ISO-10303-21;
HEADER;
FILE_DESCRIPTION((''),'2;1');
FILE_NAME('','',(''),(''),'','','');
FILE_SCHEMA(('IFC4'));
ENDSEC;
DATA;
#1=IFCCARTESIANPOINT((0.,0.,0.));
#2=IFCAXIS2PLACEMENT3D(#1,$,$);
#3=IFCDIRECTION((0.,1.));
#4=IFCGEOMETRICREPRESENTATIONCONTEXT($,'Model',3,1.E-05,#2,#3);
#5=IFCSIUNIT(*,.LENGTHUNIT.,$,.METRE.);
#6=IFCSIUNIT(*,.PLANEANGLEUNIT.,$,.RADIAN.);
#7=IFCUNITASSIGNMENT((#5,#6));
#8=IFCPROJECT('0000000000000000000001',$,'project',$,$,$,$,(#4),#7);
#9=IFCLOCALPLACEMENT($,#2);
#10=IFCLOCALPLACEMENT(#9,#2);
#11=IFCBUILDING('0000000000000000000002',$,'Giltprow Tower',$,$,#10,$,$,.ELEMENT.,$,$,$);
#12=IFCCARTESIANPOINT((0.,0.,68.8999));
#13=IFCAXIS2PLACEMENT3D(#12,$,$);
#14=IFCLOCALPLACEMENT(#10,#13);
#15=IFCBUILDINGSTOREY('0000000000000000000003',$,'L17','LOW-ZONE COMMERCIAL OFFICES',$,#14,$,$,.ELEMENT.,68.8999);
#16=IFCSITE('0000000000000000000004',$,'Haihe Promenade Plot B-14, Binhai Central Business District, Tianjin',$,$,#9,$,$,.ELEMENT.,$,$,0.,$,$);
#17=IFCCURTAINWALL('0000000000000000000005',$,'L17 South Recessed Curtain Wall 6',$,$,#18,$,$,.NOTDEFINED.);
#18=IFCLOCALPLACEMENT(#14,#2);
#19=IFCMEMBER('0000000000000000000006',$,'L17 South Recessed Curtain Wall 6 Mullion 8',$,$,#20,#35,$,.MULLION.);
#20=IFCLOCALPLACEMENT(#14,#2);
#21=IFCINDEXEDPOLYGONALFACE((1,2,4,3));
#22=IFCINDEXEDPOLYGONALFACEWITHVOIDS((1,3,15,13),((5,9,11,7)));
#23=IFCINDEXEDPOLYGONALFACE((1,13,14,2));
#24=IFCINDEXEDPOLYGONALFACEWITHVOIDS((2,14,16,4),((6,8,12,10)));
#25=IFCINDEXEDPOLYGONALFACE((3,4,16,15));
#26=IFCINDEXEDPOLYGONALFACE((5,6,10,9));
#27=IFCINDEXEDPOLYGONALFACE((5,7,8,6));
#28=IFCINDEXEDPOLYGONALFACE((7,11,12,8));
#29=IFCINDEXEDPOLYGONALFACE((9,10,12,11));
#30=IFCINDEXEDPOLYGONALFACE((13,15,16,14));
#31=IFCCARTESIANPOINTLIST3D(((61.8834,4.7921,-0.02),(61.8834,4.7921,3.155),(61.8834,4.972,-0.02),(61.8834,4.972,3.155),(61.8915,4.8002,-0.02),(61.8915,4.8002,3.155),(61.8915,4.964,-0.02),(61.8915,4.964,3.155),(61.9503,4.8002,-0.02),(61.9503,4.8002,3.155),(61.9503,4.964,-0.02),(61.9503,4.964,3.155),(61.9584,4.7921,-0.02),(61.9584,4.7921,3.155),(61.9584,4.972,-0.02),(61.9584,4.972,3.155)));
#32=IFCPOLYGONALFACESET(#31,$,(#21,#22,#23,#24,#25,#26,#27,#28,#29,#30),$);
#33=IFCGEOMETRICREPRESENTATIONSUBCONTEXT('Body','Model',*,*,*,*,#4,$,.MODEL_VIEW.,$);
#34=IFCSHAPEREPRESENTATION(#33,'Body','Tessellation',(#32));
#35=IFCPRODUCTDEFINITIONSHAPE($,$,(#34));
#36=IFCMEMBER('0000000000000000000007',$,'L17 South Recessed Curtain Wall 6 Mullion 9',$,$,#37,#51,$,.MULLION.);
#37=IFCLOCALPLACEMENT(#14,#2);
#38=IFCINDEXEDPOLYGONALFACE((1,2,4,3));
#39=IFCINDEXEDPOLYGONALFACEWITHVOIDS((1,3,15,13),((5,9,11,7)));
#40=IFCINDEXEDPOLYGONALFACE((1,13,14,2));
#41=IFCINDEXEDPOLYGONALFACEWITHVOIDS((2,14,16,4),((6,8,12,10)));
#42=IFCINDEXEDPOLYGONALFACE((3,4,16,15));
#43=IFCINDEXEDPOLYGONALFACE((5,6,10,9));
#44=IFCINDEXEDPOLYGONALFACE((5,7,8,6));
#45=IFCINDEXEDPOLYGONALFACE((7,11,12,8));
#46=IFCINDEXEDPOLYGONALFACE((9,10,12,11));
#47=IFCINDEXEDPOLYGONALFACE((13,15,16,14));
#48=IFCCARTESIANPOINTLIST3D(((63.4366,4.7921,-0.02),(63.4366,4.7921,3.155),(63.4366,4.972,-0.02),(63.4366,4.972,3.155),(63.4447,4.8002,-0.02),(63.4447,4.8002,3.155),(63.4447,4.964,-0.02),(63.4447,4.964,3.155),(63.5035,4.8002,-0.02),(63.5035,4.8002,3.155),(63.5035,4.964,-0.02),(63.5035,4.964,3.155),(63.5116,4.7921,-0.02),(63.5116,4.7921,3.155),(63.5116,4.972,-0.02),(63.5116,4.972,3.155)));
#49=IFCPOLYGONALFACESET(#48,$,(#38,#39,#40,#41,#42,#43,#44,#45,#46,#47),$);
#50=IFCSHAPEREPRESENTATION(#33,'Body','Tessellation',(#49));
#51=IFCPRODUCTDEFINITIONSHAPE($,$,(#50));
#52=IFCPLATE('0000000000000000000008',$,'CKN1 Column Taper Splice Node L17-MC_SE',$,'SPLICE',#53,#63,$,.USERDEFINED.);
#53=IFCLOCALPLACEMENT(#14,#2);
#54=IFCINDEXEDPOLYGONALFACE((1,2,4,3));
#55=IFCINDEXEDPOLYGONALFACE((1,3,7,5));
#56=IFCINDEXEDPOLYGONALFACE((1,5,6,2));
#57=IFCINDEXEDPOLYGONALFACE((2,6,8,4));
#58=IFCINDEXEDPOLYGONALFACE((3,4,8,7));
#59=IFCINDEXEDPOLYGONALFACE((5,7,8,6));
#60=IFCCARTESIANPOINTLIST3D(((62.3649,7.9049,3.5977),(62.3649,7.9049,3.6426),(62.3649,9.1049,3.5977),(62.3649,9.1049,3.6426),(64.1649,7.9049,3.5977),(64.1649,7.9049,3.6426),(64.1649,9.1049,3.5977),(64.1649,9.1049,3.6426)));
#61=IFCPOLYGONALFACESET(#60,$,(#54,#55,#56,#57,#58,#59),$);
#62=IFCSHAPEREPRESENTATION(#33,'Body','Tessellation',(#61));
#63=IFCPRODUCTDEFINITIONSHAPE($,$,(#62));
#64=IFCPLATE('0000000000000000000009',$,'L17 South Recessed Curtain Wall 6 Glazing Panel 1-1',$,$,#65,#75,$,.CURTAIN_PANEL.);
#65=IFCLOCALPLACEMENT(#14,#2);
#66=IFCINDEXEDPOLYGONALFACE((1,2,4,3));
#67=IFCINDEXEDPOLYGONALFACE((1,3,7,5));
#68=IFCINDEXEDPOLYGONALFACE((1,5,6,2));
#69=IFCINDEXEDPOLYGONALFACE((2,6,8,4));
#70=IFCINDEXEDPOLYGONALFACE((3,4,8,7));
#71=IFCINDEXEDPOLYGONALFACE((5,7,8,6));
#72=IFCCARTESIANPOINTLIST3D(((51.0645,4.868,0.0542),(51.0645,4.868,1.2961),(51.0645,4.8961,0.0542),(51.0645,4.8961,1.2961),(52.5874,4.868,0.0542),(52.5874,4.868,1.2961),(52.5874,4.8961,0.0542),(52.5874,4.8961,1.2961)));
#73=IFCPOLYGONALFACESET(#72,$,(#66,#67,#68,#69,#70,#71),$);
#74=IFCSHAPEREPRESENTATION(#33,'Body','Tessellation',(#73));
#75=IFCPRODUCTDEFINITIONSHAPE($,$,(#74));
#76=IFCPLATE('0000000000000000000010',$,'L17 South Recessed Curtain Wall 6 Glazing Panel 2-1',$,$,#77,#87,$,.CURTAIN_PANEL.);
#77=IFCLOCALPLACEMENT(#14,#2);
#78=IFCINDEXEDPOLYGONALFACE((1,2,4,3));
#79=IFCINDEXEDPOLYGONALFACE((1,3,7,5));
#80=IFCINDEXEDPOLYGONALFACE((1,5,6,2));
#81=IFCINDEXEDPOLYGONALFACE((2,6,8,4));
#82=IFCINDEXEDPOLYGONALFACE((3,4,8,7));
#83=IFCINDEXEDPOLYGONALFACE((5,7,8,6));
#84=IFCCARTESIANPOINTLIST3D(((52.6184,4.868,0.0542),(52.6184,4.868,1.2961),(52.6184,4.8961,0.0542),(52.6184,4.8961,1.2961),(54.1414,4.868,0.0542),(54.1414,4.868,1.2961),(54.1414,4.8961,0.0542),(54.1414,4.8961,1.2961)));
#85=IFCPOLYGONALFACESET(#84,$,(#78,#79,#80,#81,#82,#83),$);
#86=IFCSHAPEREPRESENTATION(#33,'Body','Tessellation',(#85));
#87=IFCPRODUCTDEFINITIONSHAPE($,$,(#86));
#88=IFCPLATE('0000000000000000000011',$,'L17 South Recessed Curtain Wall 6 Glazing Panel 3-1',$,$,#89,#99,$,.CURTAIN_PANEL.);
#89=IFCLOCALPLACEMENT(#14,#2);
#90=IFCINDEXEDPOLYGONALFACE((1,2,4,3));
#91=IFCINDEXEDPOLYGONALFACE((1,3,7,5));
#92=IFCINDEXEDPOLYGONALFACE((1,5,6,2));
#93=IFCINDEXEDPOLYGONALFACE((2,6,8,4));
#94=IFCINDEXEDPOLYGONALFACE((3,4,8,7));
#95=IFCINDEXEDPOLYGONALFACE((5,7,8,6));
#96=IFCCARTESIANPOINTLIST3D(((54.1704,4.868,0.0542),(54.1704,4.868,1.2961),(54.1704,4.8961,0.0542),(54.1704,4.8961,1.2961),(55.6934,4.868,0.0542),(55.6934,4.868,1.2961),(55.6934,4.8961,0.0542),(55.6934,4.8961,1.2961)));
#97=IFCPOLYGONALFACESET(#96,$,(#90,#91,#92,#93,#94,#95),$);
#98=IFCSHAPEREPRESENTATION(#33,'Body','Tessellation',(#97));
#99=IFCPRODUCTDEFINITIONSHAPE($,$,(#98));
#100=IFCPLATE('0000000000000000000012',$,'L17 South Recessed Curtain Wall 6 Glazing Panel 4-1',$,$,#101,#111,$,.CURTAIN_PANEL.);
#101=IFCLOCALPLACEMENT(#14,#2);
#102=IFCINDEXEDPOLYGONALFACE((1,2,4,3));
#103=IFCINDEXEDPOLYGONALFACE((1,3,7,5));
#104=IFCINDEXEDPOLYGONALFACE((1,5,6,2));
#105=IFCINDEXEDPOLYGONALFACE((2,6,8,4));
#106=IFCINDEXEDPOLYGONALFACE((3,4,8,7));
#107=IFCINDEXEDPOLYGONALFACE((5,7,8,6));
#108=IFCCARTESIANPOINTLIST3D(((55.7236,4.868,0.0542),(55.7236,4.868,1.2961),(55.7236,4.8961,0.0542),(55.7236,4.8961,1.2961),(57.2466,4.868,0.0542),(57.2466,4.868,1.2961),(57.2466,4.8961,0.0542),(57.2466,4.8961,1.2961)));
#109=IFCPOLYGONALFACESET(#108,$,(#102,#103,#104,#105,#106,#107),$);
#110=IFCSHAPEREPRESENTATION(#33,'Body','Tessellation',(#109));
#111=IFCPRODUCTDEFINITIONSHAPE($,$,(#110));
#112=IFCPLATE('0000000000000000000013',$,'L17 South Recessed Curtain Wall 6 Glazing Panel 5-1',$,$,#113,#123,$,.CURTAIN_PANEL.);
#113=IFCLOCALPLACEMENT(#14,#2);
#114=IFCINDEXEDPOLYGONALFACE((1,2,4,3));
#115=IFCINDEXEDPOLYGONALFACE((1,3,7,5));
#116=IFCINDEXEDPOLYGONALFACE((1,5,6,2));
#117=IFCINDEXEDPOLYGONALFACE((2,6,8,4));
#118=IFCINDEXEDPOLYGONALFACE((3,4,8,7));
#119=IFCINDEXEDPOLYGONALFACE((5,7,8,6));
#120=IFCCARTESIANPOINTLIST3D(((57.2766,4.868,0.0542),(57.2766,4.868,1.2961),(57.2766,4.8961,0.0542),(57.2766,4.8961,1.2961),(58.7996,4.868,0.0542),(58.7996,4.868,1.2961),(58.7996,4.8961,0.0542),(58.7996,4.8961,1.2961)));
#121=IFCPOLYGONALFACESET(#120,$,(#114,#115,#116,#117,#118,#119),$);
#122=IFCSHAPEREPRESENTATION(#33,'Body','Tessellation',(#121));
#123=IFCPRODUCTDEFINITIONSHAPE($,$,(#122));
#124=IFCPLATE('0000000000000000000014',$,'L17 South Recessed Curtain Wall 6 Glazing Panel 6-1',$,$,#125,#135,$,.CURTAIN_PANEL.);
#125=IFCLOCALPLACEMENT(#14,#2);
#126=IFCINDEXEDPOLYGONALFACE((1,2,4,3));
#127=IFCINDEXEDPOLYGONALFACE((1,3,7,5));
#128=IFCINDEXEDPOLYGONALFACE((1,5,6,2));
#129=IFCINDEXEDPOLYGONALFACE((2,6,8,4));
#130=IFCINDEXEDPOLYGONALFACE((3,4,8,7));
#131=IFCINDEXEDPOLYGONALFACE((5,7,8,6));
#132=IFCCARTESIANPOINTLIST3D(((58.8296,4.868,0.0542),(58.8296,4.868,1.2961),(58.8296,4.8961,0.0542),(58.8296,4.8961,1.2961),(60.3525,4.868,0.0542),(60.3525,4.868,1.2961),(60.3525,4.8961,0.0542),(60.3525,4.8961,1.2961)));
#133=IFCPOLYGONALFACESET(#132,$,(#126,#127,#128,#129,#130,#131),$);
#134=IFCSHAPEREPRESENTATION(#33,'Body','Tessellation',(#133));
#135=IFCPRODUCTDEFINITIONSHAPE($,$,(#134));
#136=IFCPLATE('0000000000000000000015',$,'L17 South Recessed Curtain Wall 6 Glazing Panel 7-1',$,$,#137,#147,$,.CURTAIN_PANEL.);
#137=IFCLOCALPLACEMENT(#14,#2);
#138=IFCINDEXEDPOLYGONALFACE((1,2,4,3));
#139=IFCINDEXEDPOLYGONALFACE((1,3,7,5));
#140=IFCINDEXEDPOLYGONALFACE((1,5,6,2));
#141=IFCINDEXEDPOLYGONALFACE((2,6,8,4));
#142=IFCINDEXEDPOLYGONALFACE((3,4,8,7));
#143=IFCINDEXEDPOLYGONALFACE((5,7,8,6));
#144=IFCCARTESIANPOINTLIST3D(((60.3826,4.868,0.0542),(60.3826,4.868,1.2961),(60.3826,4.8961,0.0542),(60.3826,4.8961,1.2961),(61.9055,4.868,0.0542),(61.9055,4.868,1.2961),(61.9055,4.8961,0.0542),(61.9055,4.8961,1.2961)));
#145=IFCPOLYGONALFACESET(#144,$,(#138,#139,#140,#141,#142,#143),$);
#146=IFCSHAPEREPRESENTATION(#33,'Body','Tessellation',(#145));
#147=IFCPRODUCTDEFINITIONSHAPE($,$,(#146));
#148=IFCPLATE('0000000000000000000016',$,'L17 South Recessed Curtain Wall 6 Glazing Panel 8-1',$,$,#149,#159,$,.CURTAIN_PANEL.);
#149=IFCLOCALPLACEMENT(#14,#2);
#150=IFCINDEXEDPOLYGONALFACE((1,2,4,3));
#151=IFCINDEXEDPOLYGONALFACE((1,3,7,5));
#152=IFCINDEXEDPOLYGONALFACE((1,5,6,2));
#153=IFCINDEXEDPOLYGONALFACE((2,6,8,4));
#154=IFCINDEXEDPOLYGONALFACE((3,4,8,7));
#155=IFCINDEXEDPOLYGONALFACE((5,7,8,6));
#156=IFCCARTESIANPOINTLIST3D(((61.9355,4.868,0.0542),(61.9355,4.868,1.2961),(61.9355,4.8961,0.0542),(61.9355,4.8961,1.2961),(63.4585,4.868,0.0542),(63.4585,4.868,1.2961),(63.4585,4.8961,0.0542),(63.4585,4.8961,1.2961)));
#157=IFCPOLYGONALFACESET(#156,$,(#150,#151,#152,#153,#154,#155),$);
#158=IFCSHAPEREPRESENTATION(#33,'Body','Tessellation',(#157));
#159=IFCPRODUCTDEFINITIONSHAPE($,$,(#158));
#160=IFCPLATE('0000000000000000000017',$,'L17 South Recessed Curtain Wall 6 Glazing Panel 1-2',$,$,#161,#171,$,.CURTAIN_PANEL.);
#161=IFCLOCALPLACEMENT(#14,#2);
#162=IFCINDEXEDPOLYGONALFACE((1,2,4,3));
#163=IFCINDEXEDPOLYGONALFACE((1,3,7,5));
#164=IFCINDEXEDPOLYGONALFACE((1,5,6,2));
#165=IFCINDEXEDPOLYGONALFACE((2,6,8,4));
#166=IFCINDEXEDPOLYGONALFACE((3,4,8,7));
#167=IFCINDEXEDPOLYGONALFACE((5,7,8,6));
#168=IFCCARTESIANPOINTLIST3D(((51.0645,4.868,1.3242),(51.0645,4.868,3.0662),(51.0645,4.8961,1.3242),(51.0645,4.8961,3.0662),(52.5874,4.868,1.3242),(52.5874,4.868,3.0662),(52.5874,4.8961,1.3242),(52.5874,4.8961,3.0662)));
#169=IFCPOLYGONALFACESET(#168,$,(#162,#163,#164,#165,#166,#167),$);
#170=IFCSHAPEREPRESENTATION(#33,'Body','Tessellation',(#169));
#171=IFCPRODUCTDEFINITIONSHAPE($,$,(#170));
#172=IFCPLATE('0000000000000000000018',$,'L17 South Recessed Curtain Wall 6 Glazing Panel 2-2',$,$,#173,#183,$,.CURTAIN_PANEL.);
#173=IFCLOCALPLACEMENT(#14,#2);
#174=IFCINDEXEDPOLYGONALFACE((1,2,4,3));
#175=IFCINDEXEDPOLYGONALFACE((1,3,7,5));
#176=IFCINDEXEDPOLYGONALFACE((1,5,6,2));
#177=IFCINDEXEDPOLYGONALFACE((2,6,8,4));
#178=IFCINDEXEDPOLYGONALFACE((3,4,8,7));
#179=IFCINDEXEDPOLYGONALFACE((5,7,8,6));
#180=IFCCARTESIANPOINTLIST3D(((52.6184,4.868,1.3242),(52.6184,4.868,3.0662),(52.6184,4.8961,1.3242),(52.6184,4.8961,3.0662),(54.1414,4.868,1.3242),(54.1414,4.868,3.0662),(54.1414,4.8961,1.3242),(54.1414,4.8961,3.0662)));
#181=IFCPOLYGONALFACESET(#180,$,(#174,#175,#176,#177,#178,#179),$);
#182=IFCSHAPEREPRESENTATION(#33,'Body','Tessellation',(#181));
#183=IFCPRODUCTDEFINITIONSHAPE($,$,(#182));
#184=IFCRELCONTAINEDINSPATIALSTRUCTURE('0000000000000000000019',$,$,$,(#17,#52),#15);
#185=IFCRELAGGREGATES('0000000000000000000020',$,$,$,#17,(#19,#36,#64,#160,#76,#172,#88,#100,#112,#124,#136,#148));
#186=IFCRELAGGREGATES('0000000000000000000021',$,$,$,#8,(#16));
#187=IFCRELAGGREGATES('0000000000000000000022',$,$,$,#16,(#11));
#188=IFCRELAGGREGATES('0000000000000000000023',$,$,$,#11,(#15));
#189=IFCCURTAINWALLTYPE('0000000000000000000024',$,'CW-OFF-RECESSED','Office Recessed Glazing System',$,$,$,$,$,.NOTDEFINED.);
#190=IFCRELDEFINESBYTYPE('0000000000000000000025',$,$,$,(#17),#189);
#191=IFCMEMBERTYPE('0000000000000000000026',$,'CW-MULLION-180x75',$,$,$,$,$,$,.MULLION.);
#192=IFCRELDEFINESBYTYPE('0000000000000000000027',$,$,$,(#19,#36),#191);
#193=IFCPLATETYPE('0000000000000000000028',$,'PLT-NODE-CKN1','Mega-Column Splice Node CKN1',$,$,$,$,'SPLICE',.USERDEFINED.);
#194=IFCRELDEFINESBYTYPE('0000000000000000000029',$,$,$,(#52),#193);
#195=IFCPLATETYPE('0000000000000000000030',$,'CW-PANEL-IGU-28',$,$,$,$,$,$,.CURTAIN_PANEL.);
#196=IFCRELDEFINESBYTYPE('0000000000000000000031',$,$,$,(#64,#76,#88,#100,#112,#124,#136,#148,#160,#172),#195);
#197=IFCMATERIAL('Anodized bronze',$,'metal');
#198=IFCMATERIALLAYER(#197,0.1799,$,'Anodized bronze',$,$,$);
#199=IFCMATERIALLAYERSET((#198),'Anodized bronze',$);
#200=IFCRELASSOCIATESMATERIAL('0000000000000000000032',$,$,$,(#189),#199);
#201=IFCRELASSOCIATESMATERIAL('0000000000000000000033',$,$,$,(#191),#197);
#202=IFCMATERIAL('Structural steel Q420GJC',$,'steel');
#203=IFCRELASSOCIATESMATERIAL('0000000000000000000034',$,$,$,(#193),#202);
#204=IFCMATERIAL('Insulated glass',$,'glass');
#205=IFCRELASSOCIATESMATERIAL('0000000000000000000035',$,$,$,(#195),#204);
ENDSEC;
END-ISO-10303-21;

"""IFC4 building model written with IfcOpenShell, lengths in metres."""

from ifc_helpers import new_model, si_unit, direction, frame, origin, origin_2d, place, context, subcontext, project, spatial, rectangle, hollow_rectangle, extrude, source, transform, mapped, material, layer, layer_set, material_profile, profile_set, type_object, element, aggregate, save


model = new_model("IFC4")

# Units and contexts
model_context = context("Model", 3, precision=1e-05, world=origin(), true_north=direction((0.0, 1.0)))
body_context = subcontext(model_context, "Body", "Model", "MODEL_VIEW")
ifc_project = project(units=[si_unit("LENGTHUNIT", "METRE"), si_unit("PLANEANGLEUNIT", "RADIAN")], contexts=[model_context])

# Site, building, storey
site_placement = place(None, origin())
site = spatial("IfcSite", under=ifc_project, at=site_placement, Name="Haihe Promenade Plot B-14, Binhai Central Business District, Tianjin", CompositionType="ELEMENT", RefElevation=0.0)
building_placement = place(site_placement, origin())
building = spatial("IfcBuilding", under=site, at=building_placement, Name="Giltprow Tower", CompositionType="ELEMENT")
storey_placement = place(building_placement, frame((0.0, 0.0, 68.8999)))
storey = spatial("IfcBuildingStorey", under=building, at=storey_placement, Name="L17", Description="LOW-ZONE COMMERCIAL OFFICES", CompositionType="ELEMENT", Elevation=68.8999)

# Shared definitions
ifc_material_1 = material(Name="Structural steel Q420GJC", Category="steel")

# Curtain wall, members
ifc_material_2 = material(Name="Anodized bronze", Category="metal")
ifc_layer_1 = layer(ifc_material_2, 0.1799, Name="Anodized bronze")
ifc_layer_set_1 = layer_set([ifc_layer_1], Name="Anodized bronze")
curtain_wall_type = type_object("IfcCurtainWallType", Name="CW-OFF-RECESSED", Description="Office Recessed Glazing System", PredefinedType="NOTDEFINED", material=ifc_layer_set_1)
curtain_wall_placement = place(storey_placement, origin())
curtain_wall = element("IfcCurtainWall", 1, at=curtain_wall_placement, inside=storey, type_object=curtain_wall_type, Name="L17 South Recessed Curtain Wall 6", PredefinedType="NOTDEFINED")
ifc_material_profile_1 = material_profile(ifc_material_2, hollow_rectangle(XDim=0.075, YDim=0.1799, WallThickness=0.0081, at=origin_2d()), Name="RHS 180x75x8")
ifc_profile_set_1 = profile_set([ifc_material_profile_1], Name="Anodized bronze")
member_type_1 = type_object("IfcMemberType", Name="CW-MULLION-180x75", PredefinedType="MULLION", material=ifc_profile_set_1)
shared_shape_1 = source(origin(), body_context, "Body", "SweptSolid", [
    extrude(hollow_rectangle(XDim=0.075, YDim=0.1799, WallThickness=0.0081, at=origin_2d()), origin(), (0.0, 0.0, 1.0), 3.175),
])
member_1_placement = place(storey_placement, frame((61.9209, 4.8821, -0.02), z_axis=(0.0, 0.0, 1.0), x_axis=(1.0, 0.0, 0.0)))
member_1 = element("IfcMember", 2, at=member_1_placement, type_object=member_type_1, Name="L17 South Recessed Curtain Wall 6 Mullion 8", PredefinedType="MULLION", context=body_context, shape_type="MappedRepresentation", body=[
    mapped(shared_shape_1, transform((0.0, 0.0, 0.0), x_axis=(1.0, 0.0, 0.0), y_axis=(0.0, 1.0, 0.0), z_axis=(0.0, 0.0, 1.0), scale=1.0)),
])
member_2_placement = place(storey_placement, frame((63.4741, 4.8821, -0.02), z_axis=(0.0, 0.0, 1.0), x_axis=(1.0, 0.0, 0.0)))
member_2 = element("IfcMember", 3, at=member_2_placement, type_object=member_type_1, Name="L17 South Recessed Curtain Wall 6 Mullion 9", PredefinedType="MULLION", context=body_context, shape_type="MappedRepresentation", body=[
    mapped(shared_shape_1, transform((0.0, 0.0, 0.0), x_axis=(1.0, 0.0, 0.0), y_axis=(0.0, 1.0, 0.0), z_axis=(0.0, 0.0, 1.0), scale=1.0)),
])

# Plates
plate_type_1 = type_object("IfcPlateType", Name="PLT-NODE-CKN1", Description="Mega-Column Splice Node CKN1", ElementType="SPLICE", PredefinedType="USERDEFINED", material=ifc_material_1)
shared_shape_2 = source(origin(), body_context, "Body", "SweptSolid", [
    extrude(rectangle(XDim=1.8, YDim=1.2, at=origin_2d()), origin(), (0.0, 0.0, 1.0), 0.0449),
])
plate_1_placement = place(storey_placement, frame((63.2649, 8.5049, 3.5977), z_axis=(0.0, 0.0, 1.0), x_axis=(1.0, 0.0, 0.0)))
element("IfcPlate", 4, at=plate_1_placement, inside=storey, type_object=plate_type_1, Name="CKN1 Column Taper Splice Node L17-MC_SE", ObjectType="SPLICE", PredefinedType="USERDEFINED", context=body_context, shape_type="MappedRepresentation", body=[
    mapped(shared_shape_2, transform((0.0, 0.0, 0.0), x_axis=(1.0, 0.0, 0.0), y_axis=(0.0, 1.0, 0.0), z_axis=(0.0, 0.0, 1.0), scale=1.0)),
])
ifc_material_3 = material(Name="Insulated glass", Category="glass")
plate_type_2 = type_object("IfcPlateType", Name="CW-PANEL-IGU-28", PredefinedType="CURTAIN_PANEL", material=ifc_material_3)
shared_shape_3 = source(origin(), body_context, "Body", "SweptSolid", [
    extrude(rectangle(XDim=1.5229, YDim=0.0281, at=origin_2d()), origin(), (0.0, 0.0, 1.0), 1.2419),
])
plate_2_placement = place(storey_placement, frame((51.8259, 4.8821, 0.0542), z_axis=(0.0, 0.0, 1.0), x_axis=(1.0, 0.0, 0.0)))
plate_2 = element("IfcPlate", 5, at=plate_2_placement, type_object=plate_type_2, Name="L17 South Recessed Curtain Wall 6 Glazing Panel 1-1", PredefinedType="CURTAIN_PANEL", context=body_context, shape_type="MappedRepresentation", body=[
    mapped(shared_shape_3, transform((0.0, 0.0, 0.0), x_axis=(1.0, 0.0, 0.0), y_axis=(0.0, 1.0, 0.0), z_axis=(0.0, 0.0, 1.0), scale=1.0)),
])
plate_3_placement = place(storey_placement, frame((53.3799, 4.8821, 0.0542), z_axis=(0.0, 0.0, 1.0), x_axis=(1.0, 0.0, 0.0)))
plate_3 = element("IfcPlate", 6, at=plate_3_placement, type_object=plate_type_2, Name="L17 South Recessed Curtain Wall 6 Glazing Panel 2-1", PredefinedType="CURTAIN_PANEL", context=body_context, shape_type="MappedRepresentation", body=[
    mapped(shared_shape_3, transform((0.0, 0.0, 0.0), x_axis=(1.0, 0.0, 0.0), y_axis=(0.0, 1.0, 0.0), z_axis=(0.0, 0.0, 1.0), scale=1.0)),
])
plate_4_placement = place(storey_placement, frame((54.9319, 4.8821, 0.0542), z_axis=(0.0, 0.0, 1.0), x_axis=(1.0, 0.0, 0.0)))
plate_4 = element("IfcPlate", 7, at=plate_4_placement, type_object=plate_type_2, Name="L17 South Recessed Curtain Wall 6 Glazing Panel 3-1", PredefinedType="CURTAIN_PANEL", context=body_context, shape_type="MappedRepresentation", body=[
    mapped(shared_shape_3, transform((0.0, 0.0, 0.0), x_axis=(1.0, 0.0, 0.0), y_axis=(0.0, 1.0, 0.0), z_axis=(0.0, 0.0, 1.0), scale=1.0)),
])
plate_5_placement = place(storey_placement, frame((56.4851, 4.8821, 0.0542), z_axis=(0.0, 0.0, 1.0), x_axis=(1.0, 0.0, 0.0)))
plate_5 = element("IfcPlate", 8, at=plate_5_placement, type_object=plate_type_2, Name="L17 South Recessed Curtain Wall 6 Glazing Panel 4-1", PredefinedType="CURTAIN_PANEL", context=body_context, shape_type="MappedRepresentation", body=[
    mapped(shared_shape_3, transform((0.0, 0.0, 0.0), x_axis=(1.0, 0.0, 0.0), y_axis=(0.0, 1.0, 0.0), z_axis=(0.0, 0.0, 1.0), scale=1.0)),
])
plate_6_placement = place(storey_placement, frame((58.0381, 4.8821, 0.0542), z_axis=(0.0, 0.0, 1.0), x_axis=(1.0, 0.0, 0.0)))
plate_6 = element("IfcPlate", 9, at=plate_6_placement, type_object=plate_type_2, Name="L17 South Recessed Curtain Wall 6 Glazing Panel 5-1", PredefinedType="CURTAIN_PANEL", context=body_context, shape_type="MappedRepresentation", body=[
    mapped(shared_shape_3, transform((0.0, 0.0, 0.0), x_axis=(1.0, 0.0, 0.0), y_axis=(0.0, 1.0, 0.0), z_axis=(0.0, 0.0, 1.0), scale=1.0)),
])
plate_7_placement = place(storey_placement, frame((59.5911, 4.8821, 0.0542), z_axis=(0.0, 0.0, 1.0), x_axis=(1.0, 0.0, 0.0)))
plate_7 = element("IfcPlate", 10, at=plate_7_placement, type_object=plate_type_2, Name="L17 South Recessed Curtain Wall 6 Glazing Panel 6-1", PredefinedType="CURTAIN_PANEL", context=body_context, shape_type="MappedRepresentation", body=[
    mapped(shared_shape_3, transform((0.0, 0.0, 0.0), x_axis=(1.0, 0.0, 0.0), y_axis=(0.0, 1.0, 0.0), z_axis=(0.0, 0.0, 1.0), scale=1.0)),
])
plate_8_placement = place(storey_placement, frame((61.144, 4.8821, 0.0542), z_axis=(0.0, 0.0, 1.0), x_axis=(1.0, 0.0, 0.0)))
plate_8 = element("IfcPlate", 11, at=plate_8_placement, type_object=plate_type_2, Name="L17 South Recessed Curtain Wall 6 Glazing Panel 7-1", PredefinedType="CURTAIN_PANEL", context=body_context, shape_type="MappedRepresentation", body=[
    mapped(shared_shape_3, transform((0.0, 0.0, 0.0), x_axis=(1.0, 0.0, 0.0), y_axis=(0.0, 1.0, 0.0), z_axis=(0.0, 0.0, 1.0), scale=1.0)),
])
plate_9_placement = place(storey_placement, frame((62.697, 4.8821, 0.0542), z_axis=(0.0, 0.0, 1.0), x_axis=(1.0, 0.0, 0.0)))
plate_9 = element("IfcPlate", 12, at=plate_9_placement, type_object=plate_type_2, Name="L17 South Recessed Curtain Wall 6 Glazing Panel 8-1", PredefinedType="CURTAIN_PANEL", context=body_context, shape_type="MappedRepresentation", body=[
    mapped(shared_shape_3, transform((0.0, 0.0, 0.0), x_axis=(1.0, 0.0, 0.0), y_axis=(0.0, 1.0, 0.0), z_axis=(0.0, 0.0, 1.0), scale=1.0)),
])
shared_shape_4 = source(origin(), body_context, "Body", "SweptSolid", [
    extrude(rectangle(XDim=1.5229, YDim=0.0281, at=origin_2d()), origin(), (0.0, 0.0, 1.0), 1.7419),
])
plate_10_placement = place(storey_placement, frame((51.8259, 4.8821, 1.3242), z_axis=(0.0, 0.0, 1.0), x_axis=(1.0, 0.0, 0.0)))
plate_10 = element("IfcPlate", 13, at=plate_10_placement, type_object=plate_type_2, Name="L17 South Recessed Curtain Wall 6 Glazing Panel 1-2", PredefinedType="CURTAIN_PANEL", context=body_context, shape_type="MappedRepresentation", body=[
    mapped(shared_shape_4, transform((0.0, 0.0, 0.0), x_axis=(1.0, 0.0, 0.0), y_axis=(0.0, 1.0, 0.0), z_axis=(0.0, 0.0, 1.0), scale=1.0)),
])
plate_11_placement = place(storey_placement, frame((53.3799, 4.8821, 1.3242), z_axis=(0.0, 0.0, 1.0), x_axis=(1.0, 0.0, 0.0)))
plate_11 = element("IfcPlate", 14, at=plate_11_placement, type_object=plate_type_2, Name="L17 South Recessed Curtain Wall 6 Glazing Panel 2-2", PredefinedType="CURTAIN_PANEL", context=body_context, shape_type="MappedRepresentation", body=[
    mapped(shared_shape_4, transform((0.0, 0.0, 0.0), x_axis=(1.0, 0.0, 0.0), y_axis=(0.0, 1.0, 0.0), z_axis=(0.0, 0.0, 1.0), scale=1.0)),
])
aggregate(curtain_wall, [member_1, member_2, plate_2, plate_10, plate_3, plate_11, plate_4, plate_5, plate_6, plate_7, plate_8, plate_9])

save(model, "model.ifc")
